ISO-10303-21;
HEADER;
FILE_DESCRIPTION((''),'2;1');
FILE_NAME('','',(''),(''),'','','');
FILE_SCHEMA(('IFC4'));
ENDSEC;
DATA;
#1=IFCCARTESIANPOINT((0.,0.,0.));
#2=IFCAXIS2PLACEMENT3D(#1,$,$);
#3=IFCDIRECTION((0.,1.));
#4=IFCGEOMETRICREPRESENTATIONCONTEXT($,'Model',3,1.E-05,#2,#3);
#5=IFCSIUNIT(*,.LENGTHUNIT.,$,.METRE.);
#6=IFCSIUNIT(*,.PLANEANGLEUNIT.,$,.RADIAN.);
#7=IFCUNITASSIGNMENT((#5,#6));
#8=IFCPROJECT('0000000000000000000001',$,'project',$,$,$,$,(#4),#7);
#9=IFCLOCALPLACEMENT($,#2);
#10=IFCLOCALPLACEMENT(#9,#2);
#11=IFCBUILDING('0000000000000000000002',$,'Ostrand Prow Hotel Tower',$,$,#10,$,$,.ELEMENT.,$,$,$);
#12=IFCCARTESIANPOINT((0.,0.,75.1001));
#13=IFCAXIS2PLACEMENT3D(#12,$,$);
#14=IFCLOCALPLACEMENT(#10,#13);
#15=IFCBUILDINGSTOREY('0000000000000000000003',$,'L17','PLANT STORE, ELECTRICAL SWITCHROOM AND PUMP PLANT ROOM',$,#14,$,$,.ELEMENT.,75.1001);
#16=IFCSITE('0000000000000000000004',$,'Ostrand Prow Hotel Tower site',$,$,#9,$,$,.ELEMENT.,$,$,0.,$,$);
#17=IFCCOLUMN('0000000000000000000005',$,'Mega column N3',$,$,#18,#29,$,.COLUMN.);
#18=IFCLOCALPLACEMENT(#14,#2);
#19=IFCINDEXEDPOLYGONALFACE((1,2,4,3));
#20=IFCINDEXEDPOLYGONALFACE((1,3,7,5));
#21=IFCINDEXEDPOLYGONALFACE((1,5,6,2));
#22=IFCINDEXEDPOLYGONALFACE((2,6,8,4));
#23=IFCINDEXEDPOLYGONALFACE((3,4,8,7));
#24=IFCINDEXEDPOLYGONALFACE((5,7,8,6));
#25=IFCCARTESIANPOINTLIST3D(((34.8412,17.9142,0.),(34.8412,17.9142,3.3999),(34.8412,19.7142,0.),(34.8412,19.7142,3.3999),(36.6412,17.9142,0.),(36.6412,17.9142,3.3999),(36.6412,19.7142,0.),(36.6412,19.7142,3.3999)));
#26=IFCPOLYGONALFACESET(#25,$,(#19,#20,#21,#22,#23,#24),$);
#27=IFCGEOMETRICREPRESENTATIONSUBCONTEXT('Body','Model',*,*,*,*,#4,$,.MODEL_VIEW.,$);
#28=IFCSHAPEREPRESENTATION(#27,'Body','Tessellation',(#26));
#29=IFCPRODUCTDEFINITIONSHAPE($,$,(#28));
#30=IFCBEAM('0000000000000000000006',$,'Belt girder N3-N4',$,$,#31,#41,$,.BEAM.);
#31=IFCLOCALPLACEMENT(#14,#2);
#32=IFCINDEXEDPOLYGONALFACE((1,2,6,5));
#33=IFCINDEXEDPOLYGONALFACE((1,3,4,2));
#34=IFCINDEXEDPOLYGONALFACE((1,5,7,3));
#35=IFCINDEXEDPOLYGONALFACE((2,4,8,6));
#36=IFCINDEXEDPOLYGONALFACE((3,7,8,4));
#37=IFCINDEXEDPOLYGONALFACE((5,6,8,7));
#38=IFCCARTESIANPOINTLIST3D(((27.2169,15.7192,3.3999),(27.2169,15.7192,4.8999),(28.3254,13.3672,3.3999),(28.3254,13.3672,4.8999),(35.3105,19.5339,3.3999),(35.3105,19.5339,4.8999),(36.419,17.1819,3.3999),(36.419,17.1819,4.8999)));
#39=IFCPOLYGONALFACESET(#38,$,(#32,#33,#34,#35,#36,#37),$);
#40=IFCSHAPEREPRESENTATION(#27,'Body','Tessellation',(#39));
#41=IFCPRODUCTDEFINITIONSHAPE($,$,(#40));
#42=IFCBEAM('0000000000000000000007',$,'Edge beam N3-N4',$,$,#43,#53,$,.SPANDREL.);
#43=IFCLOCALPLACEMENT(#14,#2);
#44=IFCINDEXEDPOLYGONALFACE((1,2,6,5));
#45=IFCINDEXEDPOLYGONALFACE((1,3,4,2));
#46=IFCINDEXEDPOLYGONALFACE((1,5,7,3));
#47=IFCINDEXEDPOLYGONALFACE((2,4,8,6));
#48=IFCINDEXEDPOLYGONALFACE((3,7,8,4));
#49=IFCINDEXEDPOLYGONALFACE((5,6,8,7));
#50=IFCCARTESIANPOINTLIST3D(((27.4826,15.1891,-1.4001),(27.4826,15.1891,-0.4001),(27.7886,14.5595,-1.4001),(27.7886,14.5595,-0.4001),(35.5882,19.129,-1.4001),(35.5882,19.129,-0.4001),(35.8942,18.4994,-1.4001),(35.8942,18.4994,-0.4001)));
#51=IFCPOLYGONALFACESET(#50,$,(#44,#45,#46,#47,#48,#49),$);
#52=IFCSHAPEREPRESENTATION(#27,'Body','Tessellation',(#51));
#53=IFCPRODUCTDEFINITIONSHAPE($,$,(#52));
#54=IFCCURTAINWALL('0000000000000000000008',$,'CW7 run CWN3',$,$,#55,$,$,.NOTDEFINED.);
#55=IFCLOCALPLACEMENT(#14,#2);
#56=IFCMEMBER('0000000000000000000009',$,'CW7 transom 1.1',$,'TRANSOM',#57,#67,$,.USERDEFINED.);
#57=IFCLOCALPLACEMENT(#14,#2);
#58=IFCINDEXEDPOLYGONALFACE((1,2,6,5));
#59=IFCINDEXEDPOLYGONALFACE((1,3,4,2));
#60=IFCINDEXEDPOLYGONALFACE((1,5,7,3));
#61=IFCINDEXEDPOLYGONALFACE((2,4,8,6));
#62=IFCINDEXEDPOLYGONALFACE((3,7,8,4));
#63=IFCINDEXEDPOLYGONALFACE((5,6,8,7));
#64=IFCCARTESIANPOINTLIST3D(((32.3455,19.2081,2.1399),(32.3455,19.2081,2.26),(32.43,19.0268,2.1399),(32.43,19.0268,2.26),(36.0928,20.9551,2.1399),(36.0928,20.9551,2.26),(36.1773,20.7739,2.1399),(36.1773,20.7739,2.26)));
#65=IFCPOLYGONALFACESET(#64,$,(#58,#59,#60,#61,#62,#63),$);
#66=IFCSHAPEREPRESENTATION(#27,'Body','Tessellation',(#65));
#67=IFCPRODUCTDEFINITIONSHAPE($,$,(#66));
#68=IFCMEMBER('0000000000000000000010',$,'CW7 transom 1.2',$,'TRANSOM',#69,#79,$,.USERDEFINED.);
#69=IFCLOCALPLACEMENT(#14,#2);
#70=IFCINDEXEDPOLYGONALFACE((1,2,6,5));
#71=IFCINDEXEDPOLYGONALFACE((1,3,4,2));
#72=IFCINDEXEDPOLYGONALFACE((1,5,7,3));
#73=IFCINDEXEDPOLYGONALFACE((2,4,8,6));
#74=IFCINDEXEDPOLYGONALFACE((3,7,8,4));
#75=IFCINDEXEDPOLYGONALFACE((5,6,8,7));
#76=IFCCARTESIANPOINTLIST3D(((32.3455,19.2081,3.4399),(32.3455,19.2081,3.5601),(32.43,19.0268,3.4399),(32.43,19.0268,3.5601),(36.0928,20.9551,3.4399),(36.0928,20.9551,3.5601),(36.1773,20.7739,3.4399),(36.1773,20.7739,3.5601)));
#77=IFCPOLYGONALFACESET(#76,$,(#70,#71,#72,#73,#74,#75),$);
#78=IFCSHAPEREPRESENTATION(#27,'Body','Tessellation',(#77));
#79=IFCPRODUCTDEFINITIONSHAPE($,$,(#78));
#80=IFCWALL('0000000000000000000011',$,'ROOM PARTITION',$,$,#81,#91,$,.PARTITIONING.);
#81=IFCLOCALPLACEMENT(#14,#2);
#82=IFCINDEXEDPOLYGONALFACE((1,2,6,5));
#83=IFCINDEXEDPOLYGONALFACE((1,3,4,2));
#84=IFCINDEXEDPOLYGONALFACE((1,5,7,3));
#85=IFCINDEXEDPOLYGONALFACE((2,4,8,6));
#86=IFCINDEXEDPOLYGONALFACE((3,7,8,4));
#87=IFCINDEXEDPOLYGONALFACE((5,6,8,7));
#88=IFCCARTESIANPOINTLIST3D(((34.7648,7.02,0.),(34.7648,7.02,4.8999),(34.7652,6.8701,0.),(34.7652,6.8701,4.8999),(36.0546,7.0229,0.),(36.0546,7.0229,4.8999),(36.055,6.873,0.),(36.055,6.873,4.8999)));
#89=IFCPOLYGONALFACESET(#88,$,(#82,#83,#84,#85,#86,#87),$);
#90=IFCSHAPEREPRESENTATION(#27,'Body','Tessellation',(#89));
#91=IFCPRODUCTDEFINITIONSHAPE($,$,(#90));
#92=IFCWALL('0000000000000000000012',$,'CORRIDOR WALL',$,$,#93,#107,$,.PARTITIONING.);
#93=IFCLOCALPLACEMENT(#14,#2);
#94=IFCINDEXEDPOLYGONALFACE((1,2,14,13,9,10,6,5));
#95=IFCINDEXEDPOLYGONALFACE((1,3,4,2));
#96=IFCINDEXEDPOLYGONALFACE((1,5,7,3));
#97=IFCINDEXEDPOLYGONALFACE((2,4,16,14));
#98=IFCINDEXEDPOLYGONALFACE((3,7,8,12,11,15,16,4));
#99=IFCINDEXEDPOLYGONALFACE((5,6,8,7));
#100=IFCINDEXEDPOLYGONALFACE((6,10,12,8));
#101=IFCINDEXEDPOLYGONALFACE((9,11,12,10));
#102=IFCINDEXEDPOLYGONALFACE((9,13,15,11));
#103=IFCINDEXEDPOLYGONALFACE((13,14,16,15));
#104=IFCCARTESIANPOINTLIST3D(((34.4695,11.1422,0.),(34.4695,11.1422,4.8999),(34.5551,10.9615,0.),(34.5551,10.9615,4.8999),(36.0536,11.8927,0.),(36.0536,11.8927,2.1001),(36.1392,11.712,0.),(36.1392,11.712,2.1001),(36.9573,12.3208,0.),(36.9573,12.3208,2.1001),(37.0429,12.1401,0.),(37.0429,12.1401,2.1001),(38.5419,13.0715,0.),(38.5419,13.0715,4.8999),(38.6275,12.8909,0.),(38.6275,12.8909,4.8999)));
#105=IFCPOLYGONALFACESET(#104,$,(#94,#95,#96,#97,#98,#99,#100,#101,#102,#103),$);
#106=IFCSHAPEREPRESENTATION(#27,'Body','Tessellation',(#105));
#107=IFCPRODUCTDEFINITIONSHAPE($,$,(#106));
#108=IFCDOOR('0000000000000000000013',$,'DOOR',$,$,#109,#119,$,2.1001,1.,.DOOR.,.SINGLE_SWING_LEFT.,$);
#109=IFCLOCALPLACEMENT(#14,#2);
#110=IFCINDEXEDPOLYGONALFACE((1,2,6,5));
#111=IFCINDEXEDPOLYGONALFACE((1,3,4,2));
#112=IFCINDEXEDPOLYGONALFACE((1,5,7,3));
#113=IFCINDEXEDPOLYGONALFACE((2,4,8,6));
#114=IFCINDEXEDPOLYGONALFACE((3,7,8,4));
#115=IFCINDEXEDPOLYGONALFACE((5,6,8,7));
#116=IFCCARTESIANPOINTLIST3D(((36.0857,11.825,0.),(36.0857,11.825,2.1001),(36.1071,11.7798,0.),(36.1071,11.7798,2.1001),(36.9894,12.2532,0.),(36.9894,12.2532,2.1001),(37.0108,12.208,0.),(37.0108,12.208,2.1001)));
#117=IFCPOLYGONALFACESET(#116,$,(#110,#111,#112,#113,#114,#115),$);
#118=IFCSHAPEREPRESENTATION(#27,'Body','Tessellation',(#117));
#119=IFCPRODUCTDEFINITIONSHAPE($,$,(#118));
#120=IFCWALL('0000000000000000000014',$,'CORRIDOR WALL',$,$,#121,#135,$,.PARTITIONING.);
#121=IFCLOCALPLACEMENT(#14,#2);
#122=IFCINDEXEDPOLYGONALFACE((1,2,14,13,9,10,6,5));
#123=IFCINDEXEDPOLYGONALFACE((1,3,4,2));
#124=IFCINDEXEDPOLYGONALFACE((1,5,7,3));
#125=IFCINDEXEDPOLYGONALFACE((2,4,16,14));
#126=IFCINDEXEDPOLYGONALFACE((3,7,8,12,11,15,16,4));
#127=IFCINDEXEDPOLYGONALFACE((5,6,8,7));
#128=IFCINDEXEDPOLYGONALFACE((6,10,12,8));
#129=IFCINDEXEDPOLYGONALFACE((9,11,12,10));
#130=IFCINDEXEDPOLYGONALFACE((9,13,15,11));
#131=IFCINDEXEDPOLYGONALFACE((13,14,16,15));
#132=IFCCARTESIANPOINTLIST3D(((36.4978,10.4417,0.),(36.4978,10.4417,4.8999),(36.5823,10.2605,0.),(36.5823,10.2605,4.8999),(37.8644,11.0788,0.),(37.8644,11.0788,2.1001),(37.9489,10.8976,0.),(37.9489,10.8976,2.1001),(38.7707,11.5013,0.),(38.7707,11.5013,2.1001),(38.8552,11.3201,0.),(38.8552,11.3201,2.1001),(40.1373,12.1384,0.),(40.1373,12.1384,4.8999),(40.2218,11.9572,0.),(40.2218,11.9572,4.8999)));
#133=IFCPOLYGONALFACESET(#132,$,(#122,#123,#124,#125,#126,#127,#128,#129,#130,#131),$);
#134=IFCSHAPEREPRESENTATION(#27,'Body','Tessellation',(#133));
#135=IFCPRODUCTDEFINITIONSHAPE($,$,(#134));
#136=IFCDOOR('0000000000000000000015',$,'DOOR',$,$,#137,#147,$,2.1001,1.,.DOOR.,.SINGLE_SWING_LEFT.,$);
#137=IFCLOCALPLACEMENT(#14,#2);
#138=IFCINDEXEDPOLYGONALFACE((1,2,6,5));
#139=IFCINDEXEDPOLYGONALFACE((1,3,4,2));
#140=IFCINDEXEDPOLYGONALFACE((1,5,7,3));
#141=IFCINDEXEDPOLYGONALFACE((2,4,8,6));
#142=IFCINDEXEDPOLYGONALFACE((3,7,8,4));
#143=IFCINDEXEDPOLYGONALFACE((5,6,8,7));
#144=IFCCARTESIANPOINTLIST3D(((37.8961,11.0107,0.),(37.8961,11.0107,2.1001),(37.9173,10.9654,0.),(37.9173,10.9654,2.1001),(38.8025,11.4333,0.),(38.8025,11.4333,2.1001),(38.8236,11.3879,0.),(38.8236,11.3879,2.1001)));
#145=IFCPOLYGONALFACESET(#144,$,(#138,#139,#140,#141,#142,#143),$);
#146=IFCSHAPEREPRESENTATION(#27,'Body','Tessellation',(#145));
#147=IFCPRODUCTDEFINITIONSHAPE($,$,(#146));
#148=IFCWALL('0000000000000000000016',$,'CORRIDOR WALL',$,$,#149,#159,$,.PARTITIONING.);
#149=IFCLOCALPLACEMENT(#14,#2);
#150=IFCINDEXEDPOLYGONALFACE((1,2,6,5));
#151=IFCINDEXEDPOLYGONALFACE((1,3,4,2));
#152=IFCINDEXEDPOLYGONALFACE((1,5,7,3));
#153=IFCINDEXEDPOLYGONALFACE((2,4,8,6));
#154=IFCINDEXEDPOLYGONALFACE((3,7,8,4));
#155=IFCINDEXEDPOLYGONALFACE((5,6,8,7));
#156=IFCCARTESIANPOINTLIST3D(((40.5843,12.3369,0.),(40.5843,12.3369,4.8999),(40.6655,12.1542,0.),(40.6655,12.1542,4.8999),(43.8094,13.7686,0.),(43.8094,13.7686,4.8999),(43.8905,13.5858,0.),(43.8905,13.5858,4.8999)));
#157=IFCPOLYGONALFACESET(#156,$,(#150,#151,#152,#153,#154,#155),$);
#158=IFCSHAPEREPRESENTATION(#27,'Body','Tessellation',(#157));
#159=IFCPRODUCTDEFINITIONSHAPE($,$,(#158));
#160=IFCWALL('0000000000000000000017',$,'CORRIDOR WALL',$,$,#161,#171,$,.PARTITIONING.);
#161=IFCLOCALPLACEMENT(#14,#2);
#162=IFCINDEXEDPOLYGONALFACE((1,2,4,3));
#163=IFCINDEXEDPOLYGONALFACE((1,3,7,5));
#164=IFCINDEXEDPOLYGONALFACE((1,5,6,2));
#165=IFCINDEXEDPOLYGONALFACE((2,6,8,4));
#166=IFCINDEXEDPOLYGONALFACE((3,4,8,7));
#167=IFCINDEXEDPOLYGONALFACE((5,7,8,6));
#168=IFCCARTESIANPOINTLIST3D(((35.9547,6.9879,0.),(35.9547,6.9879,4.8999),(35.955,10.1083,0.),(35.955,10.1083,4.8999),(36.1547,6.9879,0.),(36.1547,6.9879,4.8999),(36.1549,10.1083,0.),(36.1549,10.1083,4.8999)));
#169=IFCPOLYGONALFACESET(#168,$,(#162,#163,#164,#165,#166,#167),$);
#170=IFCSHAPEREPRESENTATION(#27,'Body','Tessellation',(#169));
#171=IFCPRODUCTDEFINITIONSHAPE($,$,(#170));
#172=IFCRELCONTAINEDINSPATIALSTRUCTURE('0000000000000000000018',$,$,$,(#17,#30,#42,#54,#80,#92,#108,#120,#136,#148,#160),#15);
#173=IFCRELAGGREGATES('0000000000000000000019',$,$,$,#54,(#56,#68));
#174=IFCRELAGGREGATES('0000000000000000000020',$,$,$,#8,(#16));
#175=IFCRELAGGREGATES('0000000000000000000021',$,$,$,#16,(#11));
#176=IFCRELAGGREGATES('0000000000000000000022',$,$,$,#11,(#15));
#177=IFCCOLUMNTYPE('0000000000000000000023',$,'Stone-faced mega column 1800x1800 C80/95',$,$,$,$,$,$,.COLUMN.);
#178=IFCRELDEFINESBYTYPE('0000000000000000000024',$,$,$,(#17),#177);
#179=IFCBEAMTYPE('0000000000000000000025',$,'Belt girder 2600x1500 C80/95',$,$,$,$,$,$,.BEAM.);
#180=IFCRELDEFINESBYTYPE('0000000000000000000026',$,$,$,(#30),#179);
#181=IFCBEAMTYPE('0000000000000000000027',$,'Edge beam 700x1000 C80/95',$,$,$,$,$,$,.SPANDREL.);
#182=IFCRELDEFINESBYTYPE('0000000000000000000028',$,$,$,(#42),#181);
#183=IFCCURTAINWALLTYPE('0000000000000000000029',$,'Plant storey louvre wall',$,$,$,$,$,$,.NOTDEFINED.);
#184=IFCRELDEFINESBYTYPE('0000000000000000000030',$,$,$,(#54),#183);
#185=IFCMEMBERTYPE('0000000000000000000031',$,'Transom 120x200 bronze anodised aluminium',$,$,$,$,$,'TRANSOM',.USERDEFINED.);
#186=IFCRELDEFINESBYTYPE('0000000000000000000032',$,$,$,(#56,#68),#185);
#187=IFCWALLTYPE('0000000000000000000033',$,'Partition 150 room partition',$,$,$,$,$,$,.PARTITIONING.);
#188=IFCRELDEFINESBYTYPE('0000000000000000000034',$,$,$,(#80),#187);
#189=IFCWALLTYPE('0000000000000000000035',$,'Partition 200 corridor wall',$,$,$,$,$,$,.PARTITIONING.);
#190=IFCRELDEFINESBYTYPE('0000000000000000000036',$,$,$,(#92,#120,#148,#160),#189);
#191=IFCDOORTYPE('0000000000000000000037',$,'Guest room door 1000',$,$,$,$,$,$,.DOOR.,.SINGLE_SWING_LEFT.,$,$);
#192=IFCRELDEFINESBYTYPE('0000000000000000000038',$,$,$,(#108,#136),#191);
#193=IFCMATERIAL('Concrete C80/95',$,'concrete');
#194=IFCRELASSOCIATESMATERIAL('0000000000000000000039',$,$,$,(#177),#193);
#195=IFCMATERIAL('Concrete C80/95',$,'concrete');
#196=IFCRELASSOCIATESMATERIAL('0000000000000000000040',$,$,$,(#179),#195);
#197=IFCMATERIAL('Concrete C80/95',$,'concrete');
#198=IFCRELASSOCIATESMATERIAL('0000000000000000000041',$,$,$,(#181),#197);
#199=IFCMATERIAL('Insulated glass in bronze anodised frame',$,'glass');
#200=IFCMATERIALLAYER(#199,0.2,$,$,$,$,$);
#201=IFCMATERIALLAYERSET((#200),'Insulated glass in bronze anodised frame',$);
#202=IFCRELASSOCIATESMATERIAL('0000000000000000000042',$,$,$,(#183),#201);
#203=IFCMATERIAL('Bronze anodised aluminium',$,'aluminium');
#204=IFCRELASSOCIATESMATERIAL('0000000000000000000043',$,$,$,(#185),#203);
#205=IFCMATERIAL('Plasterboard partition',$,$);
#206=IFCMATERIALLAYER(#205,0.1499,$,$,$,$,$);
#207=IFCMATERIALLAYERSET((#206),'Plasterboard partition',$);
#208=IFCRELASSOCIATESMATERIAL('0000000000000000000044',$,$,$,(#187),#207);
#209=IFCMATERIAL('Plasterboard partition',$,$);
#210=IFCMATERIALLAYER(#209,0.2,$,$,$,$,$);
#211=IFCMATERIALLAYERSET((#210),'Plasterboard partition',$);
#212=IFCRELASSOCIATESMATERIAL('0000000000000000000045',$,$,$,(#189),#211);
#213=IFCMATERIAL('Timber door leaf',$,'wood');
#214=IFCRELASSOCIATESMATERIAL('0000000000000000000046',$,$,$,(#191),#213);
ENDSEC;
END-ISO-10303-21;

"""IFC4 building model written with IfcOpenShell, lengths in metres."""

from ifc_helpers import new_model, si_unit, direction, frame, frame_2d, origin, origin_2d, place, context, subcontext, project, spatial, rectangle, extrude, material, layer, layer_set, material_profile, profile_set, type_object, element, fill, aggregate, save


model = new_model("IFC4")

# Units and contexts
model_context = context("Model", 3, precision=1e-05, world=origin(), true_north=direction((0.0, 1.0)))
body_context = subcontext(model_context, "Body", "Model", "MODEL_VIEW")
ifc_project = project(units=[si_unit("LENGTHUNIT", "METRE"), si_unit("PLANEANGLEUNIT", "RADIAN")], contexts=[model_context])

# Site, building, storey
site_placement = place(None, origin())
site = spatial("IfcSite", under=ifc_project, at=site_placement, Name="Ostrand Prow Hotel Tower site", CompositionType="ELEMENT", RefElevation=0.0)
building_placement = place(site_placement, origin())
building = spatial("IfcBuilding", under=site, at=building_placement, Name="Ostrand Prow Hotel Tower", CompositionType="ELEMENT")
storey_placement = place(building_placement, frame((0.0, 0.0, 75.1001)))
storey = spatial("IfcBuildingStorey", under=building, at=storey_placement, Name="L17", Description="PLANT STORE, ELECTRICAL SWITCHROOM AND PUMP PLANT ROOM", CompositionType="ELEMENT", Elevation=75.1001)

# Column
ifc_material_1 = material(Name="Concrete C80/95", Category="concrete")
ifc_material_profile_1 = material_profile(ifc_material_1, rectangle(XDim=1.8, YDim=1.8, at=origin_2d()), Name="RC 1800x1800")
ifc_profile_set_1 = profile_set([ifc_material_profile_1], Name="Concrete C80/95")
column_type = type_object("IfcColumnType", Name="Stone-faced mega column 1800x1800 C80/95", PredefinedType="COLUMN", material=ifc_profile_set_1)
column_placement = place(storey_placement, frame((35.7412, 18.8142, 0.0), z_axis=(0.0, 0.0, 1.0), x_axis=(1.0, 0.0, 0.0)))
element("IfcColumn", 1, at=column_placement, inside=storey, type_object=column_type, Name="Mega column N3", PredefinedType="COLUMN", context=body_context, shape_type="SweptSolid", body=[
    extrude(rectangle(XDim=1.8, YDim=1.8, at=origin_2d()), origin(), (0.0, 0.0, 1.0), 3.3999),
])

# Beams
ifc_material_2 = material(Name="Concrete C80/95", Category="concrete")
ifc_material_profile_2 = material_profile(ifc_material_2, rectangle(XDim=2.6001, YDim=1.5, at=origin_2d()), Name="RC 2600x1500")
ifc_profile_set_2 = profile_set([ifc_material_profile_2], Name="Concrete C80/95")
beam_type_1 = type_object("IfcBeamType", Name="Belt girder 2600x1500 C80/95", PredefinedType="BEAM", material=ifc_profile_set_2)
beam_1_placement = place(storey_placement, frame((35.8647, 18.3579, 4.1499), z_axis=(-0.904561, -0.426345, 0.0), x_axis=(0.426345, -0.904561, 0.0)))
element("IfcBeam", 2, at=beam_1_placement, inside=storey, type_object=beam_type_1, Name="Belt girder N3-N4", PredefinedType="BEAM", context=body_context, shape_type="SweptSolid", body=[
    extrude(rectangle(XDim=2.6001, YDim=1.5, at=origin_2d()), origin(), (0.0, 0.0, 1.0), 8.9475),
])
ifc_material_3 = material(Name="Concrete C80/95", Category="concrete")
ifc_material_profile_3 = material_profile(ifc_material_3, rectangle(XDim=0.7, YDim=1.0, at=origin_2d()), Name="RC 700x1000")
ifc_profile_set_3 = profile_set([ifc_material_profile_3], Name="Concrete C80/95")
beam_type_2 = type_object("IfcBeamType", Name="Edge beam 700x1000 C80/95", PredefinedType="SPANDREL", material=ifc_profile_set_3)
beam_2_placement = place(storey_placement, frame((35.7412, 18.8142, -0.9001), z_axis=(-0.899382, -0.437163, 0.0), x_axis=(0.437163, -0.899382, 0.0)))
element("IfcBeam", 3, at=beam_2_placement, inside=storey, type_object=beam_type_2, Name="Edge beam N3-N4", PredefinedType="SPANDREL", context=body_context, shape_type="SweptSolid", body=[
    extrude(rectangle(XDim=0.7, YDim=1.0, at=origin_2d()), origin(), (0.0, 0.0, 1.0), 9.0125),
])

# Curtain wall, members
ifc_material_4 = material(Name="Insulated glass in bronze anodised frame", Category="glass")
ifc_layer_1 = layer(ifc_material_4, 0.2)
ifc_layer_set_1 = layer_set([ifc_layer_1], Name="Insulated glass in bronze anodised frame")
curtain_wall_type = type_object("IfcCurtainWallType", Name="Plant storey louvre wall", PredefinedType="NOTDEFINED", material=ifc_layer_set_1)
curtain_wall_placement = place(storey_placement, origin())
curtain_wall = element("IfcCurtainWall", 4, at=curtain_wall_placement, inside=storey, type_object=curtain_wall_type, Name="CW7 run CWN3", PredefinedType="NOTDEFINED")
ifc_material_5 = material(Name="Bronze anodised aluminium", Category="aluminium")
ifc_material_profile_4 = material_profile(ifc_material_5, rectangle(XDim=0.2, YDim=0.1201, at=origin_2d()), Name="Transom 120x200 bronze anodised aluminium")
ifc_profile_set_4 = profile_set([ifc_material_profile_4], Name="Bronze anodised aluminium")
member_type = type_object("IfcMemberType", Name="Transom 120x200 bronze anodised aluminium", ElementType="TRANSOM", PredefinedType="USERDEFINED", material=ifc_profile_set_4)
member_1_placement = place(storey_placement, frame((36.135, 20.8645, 2.2), z_axis=(-0.906338, -0.422552, 0.0), x_axis=(0.422552, -0.906338, 0.0)))
member_1 = element("IfcMember", 5, at=member_1_placement, type_object=member_type, Name="CW7 transom 1.1", ObjectType="TRANSOM", PredefinedType="USERDEFINED", context=body_context, shape_type="SweptSolid", body=[
    extrude(rectangle(XDim=0.2, YDim=0.1201, at=origin_2d()), origin(), (0.0, 0.0, 1.0), 4.1345),
])
member_2_placement = place(storey_placement, frame((36.135, 20.8645, 3.5), z_axis=(-0.906338, -0.422552, 0.0), x_axis=(0.422552, -0.906338, 0.0)))
member_2 = element("IfcMember", 6, at=member_2_placement, type_object=member_type, Name="CW7 transom 1.2", ObjectType="TRANSOM", PredefinedType="USERDEFINED", context=body_context, shape_type="SweptSolid", body=[
    extrude(rectangle(XDim=0.2, YDim=0.1201, at=origin_2d()), origin(), (0.0, 0.0, 1.0), 4.1345),
])
aggregate(curtain_wall, [member_1, member_2])

# Wall
ifc_material_6 = material(Name="Plasterboard partition")
ifc_layer_2 = layer(ifc_material_6, 0.1499)
ifc_layer_set_2 = layer_set([ifc_layer_2], Name="Plasterboard partition")
wall_type_1 = type_object("IfcWallType", Name="Partition 150 room partition", PredefinedType="PARTITIONING", material=ifc_layer_set_2)
wall_1_placement = place(storey_placement, frame((34.7649, 6.9451, 0.0), z_axis=(0.0, 0.0, 1.0), x_axis=(0.999997, 0.002271, 0.0)))
element("IfcWall", 7, at=wall_1_placement, inside=storey, type_object=wall_type_1, Name="ROOM PARTITION", PredefinedType="PARTITIONING", context=body_context, shape_type="SweptSolid", body=[
    extrude(rectangle(XDim=1.2898, YDim=0.1499, at=frame_2d((0.645, 0.0))), origin(), (0.0, 0.0, 1.0), 4.8999),
])

# Walls, openings, doors
ifc_material_7 = material(Name="Plasterboard partition")
ifc_layer_3 = layer(ifc_material_7, 0.2)
ifc_layer_set_3 = layer_set([ifc_layer_3], Name="Plasterboard partition")
wall_type_2 = type_object("IfcWallType", Name="Partition 200 corridor wall", PredefinedType="PARTITIONING", material=ifc_layer_set_3)
wall_2_placement = place(storey_placement, frame((38.5847, 12.9812, 0.0), z_axis=(0.0, 0.0, 1.0), x_axis=(-0.903707, -0.428152, 0.0)))
wall_2 = element("IfcWall", 8, at=wall_2_placement, inside=storey, type_object=wall_type_2, Name="CORRIDOR WALL", PredefinedType="PARTITIONING", context=body_context, shape_type="SweptSolid", body=[
    extrude(rectangle(XDim=4.5063, YDim=0.2, at=frame_2d((2.2532, 0.0))), origin(), (0.0, 0.0, 1.0), 4.8999),
])
opening_1_placement = place(wall_2_placement, frame((1.7534, 0.0, 0.0)))
opening_1 = element("IfcOpeningElement", 9, at=opening_1_placement, cuts=wall_2, PredefinedType="OPENING", context=body_context, shape_type="SweptSolid", body=[
    extrude(rectangle(XDim=1.0, YDim=2.1001, at=frame_2d((0.5, 1.05))), frame((0.0, 0.1099, 0.0), z_axis=(0.0, -1.0, 0.0), x_axis=(1.0, 0.0, 0.0)), (0.0, 0.0, 1.0), 0.22),
])
ifc_material_8 = material(Name="Timber door leaf", Category="wood")
door_type = type_object("IfcDoorType", Name="Guest room door 1000", OperationType="SINGLE_SWING_LEFT", PredefinedType="DOOR", material=ifc_material_8)
door_1_placement = place(opening_1_placement, origin())
door_1 = element("IfcDoor", 10, at=door_1_placement, inside=storey, type_object=door_type, Name="DOOR", OperationType="SINGLE_SWING_LEFT", OverallHeight=2.1001, OverallWidth=1.0, PredefinedType="DOOR", context=body_context, shape_type="SweptSolid", body=[
    extrude(rectangle(XDim=1.0, YDim=2.1001, at=frame_2d((0.5, 1.05))), frame((0.0, 0.0249, 0.0), z_axis=(0.0, -1.0, 0.0), x_axis=(1.0, 0.0, 0.0)), (0.0, 0.0, 1.0), 0.05),
])
fill(opening_1, door_1)
wall_3_placement = place(storey_placement, frame((36.54, 10.3511, 0.0), z_axis=(0.0, 0.0, 1.0), x_axis=(0.906348, 0.422533, 0.0)))
wall_3 = element("IfcWall", 11, at=wall_3_placement, inside=storey, type_object=wall_type_2, Name="CORRIDOR WALL", PredefinedType="PARTITIONING", context=body_context, shape_type="SweptSolid", body=[
    extrude(rectangle(XDim=4.0156, YDim=0.2, at=frame_2d((2.0078, 0.0))), origin(), (0.0, 0.0, 1.0), 4.8999),
])
opening_2_placement = place(wall_3_placement, frame((1.5078, 0.0, 0.0)))
opening_2 = element("IfcOpeningElement", 12, at=opening_2_placement, cuts=wall_3, PredefinedType="OPENING", context=body_context, shape_type="SweptSolid", body=[
    extrude(rectangle(XDim=1.0, YDim=2.1001, at=frame_2d((0.5, 1.05))), frame((0.0, 0.1099, 0.0), z_axis=(0.0, -1.0, 0.0), x_axis=(1.0, 0.0, 0.0)), (0.0, 0.0, 1.0), 0.22),
])
door_2_placement = place(opening_2_placement, origin())
door_2 = element("IfcDoor", 13, at=door_2_placement, inside=storey, type_object=door_type, Name="DOOR", OperationType="SINGLE_SWING_LEFT", OverallHeight=2.1001, OverallWidth=1.0, PredefinedType="DOOR", context=body_context, shape_type="SweptSolid", body=[
    extrude(rectangle(XDim=1.0, YDim=2.1001, at=frame_2d((0.5, 1.05))), frame((0.0, 0.0249, 0.0), z_axis=(0.0, -1.0, 0.0), x_axis=(1.0, 0.0, 0.0)), (0.0, 0.0, 1.0), 0.05),
])
fill(opening_2, door_2)

# Walls
wall_4_placement = place(storey_placement, frame((40.625, 12.2456, 0.0), z_axis=(0.0, 0.0, 1.0), x_axis=(0.913994, 0.405728, 0.0)))
element("IfcWall", 14, at=wall_4_placement, inside=storey, type_object=wall_type_2, Name="CORRIDOR WALL", PredefinedType="PARTITIONING", context=body_context, shape_type="SweptSolid", body=[
    extrude(rectangle(XDim=3.5286, YDim=0.2, at=frame_2d((1.7642, 0.0))), origin(), (0.0, 0.0, 1.0), 4.8999),
])
wall_5_placement = place(storey_placement, frame((36.0547, 6.988, 0.0), z_axis=(0.0, 0.0, 1.0), x_axis=(0.000078, 1.0, 0.0)))
element("IfcWall", 15, at=wall_5_placement, inside=storey, type_object=wall_type_2, Name="CORRIDOR WALL", PredefinedType="PARTITIONING", context=body_context, shape_type="SweptSolid", body=[
    extrude(rectangle(XDim=3.1204, YDim=0.2, at=frame_2d((1.5601, 0.0))), origin(), (0.0, 0.0, 1.0), 4.8999),
])

save(model, "model.ifc")
